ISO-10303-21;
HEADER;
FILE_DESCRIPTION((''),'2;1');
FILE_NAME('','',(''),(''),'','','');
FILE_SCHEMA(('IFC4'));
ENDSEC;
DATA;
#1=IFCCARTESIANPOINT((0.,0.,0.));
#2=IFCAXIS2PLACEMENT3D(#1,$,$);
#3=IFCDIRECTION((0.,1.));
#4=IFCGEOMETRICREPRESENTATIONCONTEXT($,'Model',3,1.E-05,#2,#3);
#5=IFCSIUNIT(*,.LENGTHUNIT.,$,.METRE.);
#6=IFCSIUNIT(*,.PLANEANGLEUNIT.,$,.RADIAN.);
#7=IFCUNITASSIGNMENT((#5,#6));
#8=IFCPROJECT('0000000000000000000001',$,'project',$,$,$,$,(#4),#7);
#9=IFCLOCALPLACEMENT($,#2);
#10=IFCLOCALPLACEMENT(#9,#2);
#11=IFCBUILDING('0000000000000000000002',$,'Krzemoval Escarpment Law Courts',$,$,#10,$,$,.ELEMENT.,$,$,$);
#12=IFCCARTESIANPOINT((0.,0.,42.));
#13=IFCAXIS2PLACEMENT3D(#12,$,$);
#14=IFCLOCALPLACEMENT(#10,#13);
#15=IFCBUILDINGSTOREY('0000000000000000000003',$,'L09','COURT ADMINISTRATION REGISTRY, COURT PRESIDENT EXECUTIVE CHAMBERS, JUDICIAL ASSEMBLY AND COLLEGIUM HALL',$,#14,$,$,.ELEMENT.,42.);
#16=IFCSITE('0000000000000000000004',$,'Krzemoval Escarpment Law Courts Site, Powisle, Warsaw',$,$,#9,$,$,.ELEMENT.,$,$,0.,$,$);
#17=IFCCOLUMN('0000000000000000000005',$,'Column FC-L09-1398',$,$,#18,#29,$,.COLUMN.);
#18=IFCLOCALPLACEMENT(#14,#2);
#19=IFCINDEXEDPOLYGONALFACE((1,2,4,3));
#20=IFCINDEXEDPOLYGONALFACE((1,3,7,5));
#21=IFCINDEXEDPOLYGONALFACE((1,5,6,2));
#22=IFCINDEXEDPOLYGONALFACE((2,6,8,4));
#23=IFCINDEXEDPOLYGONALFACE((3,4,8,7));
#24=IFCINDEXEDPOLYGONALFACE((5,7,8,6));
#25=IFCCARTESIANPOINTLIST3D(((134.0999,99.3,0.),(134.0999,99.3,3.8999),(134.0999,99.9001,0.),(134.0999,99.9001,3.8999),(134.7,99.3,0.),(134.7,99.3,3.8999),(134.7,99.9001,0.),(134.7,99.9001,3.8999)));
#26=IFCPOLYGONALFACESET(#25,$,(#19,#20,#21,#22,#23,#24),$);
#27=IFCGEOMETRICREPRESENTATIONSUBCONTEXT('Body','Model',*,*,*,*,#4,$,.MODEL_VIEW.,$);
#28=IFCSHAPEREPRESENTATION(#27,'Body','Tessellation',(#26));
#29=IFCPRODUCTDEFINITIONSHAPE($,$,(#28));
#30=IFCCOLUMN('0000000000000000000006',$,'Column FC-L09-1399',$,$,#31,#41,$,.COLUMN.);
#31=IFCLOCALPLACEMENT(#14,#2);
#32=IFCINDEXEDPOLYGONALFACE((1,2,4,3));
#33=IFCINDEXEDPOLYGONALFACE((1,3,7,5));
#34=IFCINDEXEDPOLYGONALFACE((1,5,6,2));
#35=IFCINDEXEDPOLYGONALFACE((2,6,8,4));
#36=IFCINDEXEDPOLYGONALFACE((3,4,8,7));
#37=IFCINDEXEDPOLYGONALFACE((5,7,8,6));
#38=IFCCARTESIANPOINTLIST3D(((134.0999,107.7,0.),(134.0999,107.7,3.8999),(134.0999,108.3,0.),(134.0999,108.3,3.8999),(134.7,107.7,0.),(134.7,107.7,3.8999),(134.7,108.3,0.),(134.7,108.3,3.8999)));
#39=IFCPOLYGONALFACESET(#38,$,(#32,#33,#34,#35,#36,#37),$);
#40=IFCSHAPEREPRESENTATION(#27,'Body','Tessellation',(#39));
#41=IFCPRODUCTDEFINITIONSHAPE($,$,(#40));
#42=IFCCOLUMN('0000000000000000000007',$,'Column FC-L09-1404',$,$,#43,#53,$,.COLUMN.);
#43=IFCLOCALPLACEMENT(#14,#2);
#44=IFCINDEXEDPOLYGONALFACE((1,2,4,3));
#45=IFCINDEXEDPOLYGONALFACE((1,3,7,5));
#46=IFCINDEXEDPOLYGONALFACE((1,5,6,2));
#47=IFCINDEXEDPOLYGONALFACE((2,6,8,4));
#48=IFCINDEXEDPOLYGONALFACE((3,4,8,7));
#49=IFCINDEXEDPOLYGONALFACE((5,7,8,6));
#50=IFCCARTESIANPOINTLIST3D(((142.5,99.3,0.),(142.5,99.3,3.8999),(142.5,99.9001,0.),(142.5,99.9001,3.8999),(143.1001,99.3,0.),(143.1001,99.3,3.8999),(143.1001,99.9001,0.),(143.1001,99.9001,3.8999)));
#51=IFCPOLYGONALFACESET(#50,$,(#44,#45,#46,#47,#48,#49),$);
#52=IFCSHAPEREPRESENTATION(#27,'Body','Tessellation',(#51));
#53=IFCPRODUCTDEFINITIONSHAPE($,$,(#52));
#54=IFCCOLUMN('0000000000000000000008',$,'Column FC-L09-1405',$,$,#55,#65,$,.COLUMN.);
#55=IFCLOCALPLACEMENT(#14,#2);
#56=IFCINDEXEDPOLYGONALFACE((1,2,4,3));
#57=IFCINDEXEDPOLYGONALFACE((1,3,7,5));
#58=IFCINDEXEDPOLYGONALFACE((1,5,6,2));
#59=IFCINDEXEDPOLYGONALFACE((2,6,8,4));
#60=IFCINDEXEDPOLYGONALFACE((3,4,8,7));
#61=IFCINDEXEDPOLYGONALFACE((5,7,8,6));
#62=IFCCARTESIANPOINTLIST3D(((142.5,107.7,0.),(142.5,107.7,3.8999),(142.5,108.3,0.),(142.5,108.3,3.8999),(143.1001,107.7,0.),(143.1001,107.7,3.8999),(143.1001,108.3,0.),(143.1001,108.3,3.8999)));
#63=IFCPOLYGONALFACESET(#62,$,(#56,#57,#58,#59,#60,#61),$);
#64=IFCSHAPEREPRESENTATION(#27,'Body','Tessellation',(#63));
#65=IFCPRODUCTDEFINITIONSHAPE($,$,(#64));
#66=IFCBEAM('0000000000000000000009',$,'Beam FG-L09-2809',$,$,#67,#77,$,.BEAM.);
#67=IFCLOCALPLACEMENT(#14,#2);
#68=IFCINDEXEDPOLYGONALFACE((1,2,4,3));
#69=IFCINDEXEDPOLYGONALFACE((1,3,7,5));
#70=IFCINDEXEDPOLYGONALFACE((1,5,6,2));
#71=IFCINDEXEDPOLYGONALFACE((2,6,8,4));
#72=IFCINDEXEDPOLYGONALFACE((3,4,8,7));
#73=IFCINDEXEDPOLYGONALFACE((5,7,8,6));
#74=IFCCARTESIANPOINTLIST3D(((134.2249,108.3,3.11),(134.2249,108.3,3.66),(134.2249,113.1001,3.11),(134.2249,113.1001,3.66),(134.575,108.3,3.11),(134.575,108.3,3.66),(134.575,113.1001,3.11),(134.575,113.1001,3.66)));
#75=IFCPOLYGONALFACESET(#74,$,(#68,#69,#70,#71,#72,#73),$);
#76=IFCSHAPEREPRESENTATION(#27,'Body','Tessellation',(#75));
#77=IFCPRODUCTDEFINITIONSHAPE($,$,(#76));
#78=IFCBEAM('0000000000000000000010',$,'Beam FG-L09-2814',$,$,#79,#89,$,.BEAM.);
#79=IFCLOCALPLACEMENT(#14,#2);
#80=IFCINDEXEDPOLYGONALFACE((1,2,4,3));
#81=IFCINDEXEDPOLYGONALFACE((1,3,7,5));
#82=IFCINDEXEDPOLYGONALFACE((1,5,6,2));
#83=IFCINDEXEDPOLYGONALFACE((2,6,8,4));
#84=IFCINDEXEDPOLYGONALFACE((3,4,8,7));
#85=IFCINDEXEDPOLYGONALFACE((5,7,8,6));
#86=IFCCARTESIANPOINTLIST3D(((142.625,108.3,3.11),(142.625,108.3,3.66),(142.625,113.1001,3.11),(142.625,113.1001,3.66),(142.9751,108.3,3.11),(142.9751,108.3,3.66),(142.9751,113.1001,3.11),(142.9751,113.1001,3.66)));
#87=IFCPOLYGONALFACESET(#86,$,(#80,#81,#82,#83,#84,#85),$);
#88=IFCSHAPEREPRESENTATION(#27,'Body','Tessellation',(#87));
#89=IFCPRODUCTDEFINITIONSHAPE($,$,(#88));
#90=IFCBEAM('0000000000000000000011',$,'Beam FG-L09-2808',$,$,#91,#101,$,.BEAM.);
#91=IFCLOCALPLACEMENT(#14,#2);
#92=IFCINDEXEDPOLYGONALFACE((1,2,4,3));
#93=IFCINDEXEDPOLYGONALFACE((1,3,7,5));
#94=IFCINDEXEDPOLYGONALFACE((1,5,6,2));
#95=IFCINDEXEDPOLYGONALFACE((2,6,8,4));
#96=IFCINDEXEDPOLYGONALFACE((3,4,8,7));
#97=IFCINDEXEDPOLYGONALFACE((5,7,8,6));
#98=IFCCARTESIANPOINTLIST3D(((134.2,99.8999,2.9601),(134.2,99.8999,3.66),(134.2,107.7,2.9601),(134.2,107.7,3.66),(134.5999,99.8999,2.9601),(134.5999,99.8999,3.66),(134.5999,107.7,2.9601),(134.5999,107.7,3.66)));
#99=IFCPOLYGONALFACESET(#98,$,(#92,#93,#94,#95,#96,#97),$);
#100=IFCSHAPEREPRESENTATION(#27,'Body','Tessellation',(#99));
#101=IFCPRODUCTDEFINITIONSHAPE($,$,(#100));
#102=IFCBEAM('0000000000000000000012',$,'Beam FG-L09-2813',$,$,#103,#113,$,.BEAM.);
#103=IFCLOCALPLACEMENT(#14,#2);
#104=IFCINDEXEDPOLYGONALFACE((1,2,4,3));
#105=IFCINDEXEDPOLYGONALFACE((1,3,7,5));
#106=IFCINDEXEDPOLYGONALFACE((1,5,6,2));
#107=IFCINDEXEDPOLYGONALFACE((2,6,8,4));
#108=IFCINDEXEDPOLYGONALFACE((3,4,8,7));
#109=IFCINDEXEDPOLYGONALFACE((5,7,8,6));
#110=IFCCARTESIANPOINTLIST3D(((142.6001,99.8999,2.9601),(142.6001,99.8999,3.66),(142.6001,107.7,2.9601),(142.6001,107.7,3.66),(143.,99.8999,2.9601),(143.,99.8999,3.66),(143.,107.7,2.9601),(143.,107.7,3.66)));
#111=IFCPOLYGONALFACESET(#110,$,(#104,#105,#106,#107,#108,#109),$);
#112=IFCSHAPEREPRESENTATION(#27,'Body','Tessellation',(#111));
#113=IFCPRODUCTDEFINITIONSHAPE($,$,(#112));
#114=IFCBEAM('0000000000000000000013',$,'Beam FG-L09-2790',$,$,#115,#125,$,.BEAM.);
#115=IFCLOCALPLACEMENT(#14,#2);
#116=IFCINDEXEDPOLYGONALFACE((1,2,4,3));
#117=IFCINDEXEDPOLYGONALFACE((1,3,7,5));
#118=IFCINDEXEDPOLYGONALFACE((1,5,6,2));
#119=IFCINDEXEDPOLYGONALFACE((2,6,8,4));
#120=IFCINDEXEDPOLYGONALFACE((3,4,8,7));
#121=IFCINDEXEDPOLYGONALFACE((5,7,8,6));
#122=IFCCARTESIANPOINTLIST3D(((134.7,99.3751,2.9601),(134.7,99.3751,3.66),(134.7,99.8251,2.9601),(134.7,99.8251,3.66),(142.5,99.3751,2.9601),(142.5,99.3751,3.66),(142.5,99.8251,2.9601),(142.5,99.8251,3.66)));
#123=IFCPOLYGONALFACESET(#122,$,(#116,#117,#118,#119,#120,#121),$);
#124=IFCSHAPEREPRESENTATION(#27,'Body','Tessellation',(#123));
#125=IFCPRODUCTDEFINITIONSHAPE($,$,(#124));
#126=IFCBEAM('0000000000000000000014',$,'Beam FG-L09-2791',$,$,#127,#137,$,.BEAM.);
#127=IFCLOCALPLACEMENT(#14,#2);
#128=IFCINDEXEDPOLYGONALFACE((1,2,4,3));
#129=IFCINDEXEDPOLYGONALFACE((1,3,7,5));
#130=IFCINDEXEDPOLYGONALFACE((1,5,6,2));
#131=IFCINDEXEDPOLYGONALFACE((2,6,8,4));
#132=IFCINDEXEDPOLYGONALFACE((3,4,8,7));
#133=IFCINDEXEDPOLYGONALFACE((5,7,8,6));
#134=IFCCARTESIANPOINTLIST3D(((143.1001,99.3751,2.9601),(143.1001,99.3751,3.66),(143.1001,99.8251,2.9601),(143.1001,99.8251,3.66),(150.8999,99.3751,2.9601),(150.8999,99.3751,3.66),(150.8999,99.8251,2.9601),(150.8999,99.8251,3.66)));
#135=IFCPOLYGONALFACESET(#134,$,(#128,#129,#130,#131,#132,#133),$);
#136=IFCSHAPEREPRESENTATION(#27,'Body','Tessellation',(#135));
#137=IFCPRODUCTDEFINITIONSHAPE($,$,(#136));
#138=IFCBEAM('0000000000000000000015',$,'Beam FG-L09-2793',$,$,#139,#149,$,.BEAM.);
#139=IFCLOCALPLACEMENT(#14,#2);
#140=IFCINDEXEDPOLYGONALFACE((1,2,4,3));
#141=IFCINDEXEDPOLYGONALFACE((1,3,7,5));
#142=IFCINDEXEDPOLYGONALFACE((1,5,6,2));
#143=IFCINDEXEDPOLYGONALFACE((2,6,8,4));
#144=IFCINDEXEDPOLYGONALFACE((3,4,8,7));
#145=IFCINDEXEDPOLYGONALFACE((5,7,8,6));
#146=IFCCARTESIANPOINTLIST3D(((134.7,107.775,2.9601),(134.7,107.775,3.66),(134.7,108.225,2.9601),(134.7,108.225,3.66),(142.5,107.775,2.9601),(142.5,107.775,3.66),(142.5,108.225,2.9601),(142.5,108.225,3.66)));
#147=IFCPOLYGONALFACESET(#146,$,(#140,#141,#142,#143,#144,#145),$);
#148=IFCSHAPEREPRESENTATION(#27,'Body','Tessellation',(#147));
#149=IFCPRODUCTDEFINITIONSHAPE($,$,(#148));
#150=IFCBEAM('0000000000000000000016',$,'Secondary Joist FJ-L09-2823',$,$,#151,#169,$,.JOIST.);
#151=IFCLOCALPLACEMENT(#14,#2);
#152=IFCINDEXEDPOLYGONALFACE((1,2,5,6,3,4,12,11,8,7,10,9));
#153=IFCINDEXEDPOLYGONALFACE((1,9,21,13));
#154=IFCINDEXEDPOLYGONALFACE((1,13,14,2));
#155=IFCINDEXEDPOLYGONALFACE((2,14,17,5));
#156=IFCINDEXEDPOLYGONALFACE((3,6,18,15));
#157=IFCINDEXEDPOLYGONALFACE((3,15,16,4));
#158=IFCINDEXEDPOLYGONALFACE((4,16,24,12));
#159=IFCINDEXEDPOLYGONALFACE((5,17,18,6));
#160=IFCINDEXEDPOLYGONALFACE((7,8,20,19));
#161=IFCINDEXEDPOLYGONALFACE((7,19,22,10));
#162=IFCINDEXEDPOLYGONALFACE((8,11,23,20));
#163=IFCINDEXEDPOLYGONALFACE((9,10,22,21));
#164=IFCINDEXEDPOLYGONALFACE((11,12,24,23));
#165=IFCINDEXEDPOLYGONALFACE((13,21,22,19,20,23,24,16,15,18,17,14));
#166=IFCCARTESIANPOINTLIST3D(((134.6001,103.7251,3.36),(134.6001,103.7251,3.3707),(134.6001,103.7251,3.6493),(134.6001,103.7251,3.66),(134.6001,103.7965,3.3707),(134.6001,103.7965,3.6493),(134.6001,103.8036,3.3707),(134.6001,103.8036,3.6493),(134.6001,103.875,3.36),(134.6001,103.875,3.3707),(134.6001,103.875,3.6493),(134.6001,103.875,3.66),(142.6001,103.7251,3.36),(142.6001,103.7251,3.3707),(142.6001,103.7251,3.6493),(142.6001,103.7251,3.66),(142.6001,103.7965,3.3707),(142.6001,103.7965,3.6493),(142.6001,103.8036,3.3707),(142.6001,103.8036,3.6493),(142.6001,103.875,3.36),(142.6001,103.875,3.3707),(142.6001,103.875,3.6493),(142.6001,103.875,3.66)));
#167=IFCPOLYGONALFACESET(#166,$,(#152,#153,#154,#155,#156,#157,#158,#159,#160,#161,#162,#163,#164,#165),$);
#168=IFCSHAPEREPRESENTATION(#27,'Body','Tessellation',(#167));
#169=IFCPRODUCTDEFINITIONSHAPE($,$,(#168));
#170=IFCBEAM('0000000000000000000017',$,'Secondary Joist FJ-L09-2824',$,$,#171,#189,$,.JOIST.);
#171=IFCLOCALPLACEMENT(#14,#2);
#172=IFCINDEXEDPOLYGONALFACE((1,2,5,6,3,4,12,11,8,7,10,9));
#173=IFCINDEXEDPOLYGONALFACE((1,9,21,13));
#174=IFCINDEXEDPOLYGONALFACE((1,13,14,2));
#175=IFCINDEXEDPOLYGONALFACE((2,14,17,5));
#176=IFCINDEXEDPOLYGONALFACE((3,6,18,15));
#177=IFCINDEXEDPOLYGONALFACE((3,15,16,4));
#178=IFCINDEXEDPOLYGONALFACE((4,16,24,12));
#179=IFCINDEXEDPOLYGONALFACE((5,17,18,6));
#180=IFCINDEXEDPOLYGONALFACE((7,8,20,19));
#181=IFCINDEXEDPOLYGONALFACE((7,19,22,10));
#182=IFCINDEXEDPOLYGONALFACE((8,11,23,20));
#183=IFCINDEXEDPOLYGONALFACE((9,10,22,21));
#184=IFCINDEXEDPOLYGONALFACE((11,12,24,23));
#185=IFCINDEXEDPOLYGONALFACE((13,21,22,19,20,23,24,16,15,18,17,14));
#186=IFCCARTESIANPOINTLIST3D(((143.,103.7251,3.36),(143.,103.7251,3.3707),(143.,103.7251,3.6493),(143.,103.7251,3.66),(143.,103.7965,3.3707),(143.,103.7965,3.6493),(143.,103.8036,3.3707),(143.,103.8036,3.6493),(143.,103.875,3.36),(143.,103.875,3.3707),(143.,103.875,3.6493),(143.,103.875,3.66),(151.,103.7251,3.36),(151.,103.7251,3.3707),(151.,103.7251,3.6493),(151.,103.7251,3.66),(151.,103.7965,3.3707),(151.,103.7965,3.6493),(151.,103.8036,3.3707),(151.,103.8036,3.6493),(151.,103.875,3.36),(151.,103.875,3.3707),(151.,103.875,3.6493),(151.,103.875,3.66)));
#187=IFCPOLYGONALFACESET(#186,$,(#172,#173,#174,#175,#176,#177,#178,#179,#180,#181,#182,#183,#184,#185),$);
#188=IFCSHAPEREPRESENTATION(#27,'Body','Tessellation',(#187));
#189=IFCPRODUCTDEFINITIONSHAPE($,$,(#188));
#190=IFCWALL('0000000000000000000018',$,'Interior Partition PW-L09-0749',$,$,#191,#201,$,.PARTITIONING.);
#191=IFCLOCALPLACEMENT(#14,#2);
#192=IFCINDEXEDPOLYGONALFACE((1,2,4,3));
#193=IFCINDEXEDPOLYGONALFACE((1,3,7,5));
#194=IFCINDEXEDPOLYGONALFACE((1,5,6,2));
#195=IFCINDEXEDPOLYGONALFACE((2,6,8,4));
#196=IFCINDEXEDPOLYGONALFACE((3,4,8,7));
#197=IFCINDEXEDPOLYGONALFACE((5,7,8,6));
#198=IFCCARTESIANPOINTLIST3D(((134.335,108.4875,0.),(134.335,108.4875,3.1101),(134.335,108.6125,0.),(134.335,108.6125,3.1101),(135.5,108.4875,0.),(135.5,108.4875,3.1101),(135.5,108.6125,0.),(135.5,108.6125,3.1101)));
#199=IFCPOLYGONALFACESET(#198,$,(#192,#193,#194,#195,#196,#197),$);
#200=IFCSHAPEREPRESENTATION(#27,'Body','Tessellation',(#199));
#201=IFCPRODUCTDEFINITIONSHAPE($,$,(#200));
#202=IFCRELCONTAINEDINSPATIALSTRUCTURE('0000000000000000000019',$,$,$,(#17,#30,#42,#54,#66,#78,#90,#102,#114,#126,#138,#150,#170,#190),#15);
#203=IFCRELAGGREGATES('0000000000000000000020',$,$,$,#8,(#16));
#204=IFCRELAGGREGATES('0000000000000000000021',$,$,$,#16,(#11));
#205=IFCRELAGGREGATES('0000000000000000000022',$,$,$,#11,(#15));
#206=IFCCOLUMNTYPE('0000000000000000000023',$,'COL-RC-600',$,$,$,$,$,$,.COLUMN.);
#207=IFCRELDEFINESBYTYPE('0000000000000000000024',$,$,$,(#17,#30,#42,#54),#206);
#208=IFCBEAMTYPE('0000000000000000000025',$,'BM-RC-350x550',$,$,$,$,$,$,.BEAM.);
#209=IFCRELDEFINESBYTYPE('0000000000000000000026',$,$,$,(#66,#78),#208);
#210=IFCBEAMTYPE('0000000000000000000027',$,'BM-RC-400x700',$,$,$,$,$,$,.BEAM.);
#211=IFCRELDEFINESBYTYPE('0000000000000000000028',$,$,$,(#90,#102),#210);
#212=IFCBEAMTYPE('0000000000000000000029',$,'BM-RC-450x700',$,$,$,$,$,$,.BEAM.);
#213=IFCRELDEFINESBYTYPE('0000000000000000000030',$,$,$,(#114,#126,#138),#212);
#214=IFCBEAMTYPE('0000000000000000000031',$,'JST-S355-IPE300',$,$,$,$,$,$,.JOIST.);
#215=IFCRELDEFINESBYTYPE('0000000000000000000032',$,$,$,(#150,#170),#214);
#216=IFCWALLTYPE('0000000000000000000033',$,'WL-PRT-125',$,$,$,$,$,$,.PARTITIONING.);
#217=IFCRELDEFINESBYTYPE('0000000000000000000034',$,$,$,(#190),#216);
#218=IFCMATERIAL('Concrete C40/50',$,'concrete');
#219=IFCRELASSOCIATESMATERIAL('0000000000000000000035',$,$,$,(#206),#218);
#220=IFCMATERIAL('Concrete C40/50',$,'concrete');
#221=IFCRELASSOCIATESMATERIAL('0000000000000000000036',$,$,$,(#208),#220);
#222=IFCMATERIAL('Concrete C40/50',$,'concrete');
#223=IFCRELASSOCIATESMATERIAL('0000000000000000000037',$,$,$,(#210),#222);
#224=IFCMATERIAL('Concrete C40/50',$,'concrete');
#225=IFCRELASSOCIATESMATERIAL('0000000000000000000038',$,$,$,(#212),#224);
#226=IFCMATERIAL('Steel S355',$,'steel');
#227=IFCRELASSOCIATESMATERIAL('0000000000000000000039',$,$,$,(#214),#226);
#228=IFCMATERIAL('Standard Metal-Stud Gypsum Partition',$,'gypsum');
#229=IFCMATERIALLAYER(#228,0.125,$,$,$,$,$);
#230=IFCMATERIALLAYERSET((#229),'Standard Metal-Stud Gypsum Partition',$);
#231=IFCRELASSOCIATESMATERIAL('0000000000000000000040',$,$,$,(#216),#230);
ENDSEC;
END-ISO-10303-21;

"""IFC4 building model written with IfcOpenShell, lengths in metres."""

from ifc_helpers import new_model, si_unit, direction, frame, frame_2d, origin, origin_2d, place, context, subcontext, project, spatial, rectangle, i_section, extrude, material, layer, layer_set, material_profile, profile_set, type_object, element, save


model = new_model("IFC4")

# Units and contexts
model_context = context("Model", 3, precision=1e-05, world=origin(), true_north=direction((0.0, 1.0)))
body_context = subcontext(model_context, "Body", "Model", "MODEL_VIEW")
ifc_project = project(units=[si_unit("LENGTHUNIT", "METRE"), si_unit("PLANEANGLEUNIT", "RADIAN")], contexts=[model_context])

# Site, building, storey
site_placement = place(None, origin())
site = spatial("IfcSite", under=ifc_project, at=site_placement, Name="Krzemoval Escarpment Law Courts Site, Powisle, Warsaw", CompositionType="ELEMENT", RefElevation=0.0)
building_placement = place(site_placement, origin())
building = spatial("IfcBuilding", under=site, at=building_placement, Name="Krzemoval Escarpment Law Courts", CompositionType="ELEMENT")
storey_placement = place(building_placement, frame((0.0, 0.0, 42.0)))
storey = spatial("IfcBuildingStorey", under=building, at=storey_placement, Name="L09", Description="COURT ADMINISTRATION REGISTRY, COURT PRESIDENT EXECUTIVE CHAMBERS, JUDICIAL ASSEMBLY AND COLLEGIUM HALL", CompositionType="ELEMENT", Elevation=42.0)

# Columns
ifc_material_1 = material(Name="Concrete C40/50", Category="concrete")
ifc_material_profile_1 = material_profile(ifc_material_1, rectangle(XDim=0.6001, YDim=0.6001, at=origin_2d()), Name="RC 600x600")
ifc_profile_set_1 = profile_set([ifc_material_profile_1], Name="Concrete C40/50")
column_type = type_object("IfcColumnType", Name="COL-RC-600", PredefinedType="COLUMN", material=ifc_profile_set_1)
for number, where, z_axis, x_axis, name in (
    (1, (134.3999, 99.6001, 0.0), (0.0, 0.0, 1.0), (1.0, 0.0, 0.0), "Column FC-L09-1398"),
    (2, (134.3999, 108.0, 0.0), (0.0, 0.0, 1.0), (1.0, 0.0, 0.0), "Column FC-L09-1399"),
    (3, (142.8, 99.6001, 0.0), (0.0, 0.0, 1.0), (1.0, 0.0, 0.0), "Column FC-L09-1404"),
    (4, (142.8, 108.0, 0.0), (0.0, 0.0, 1.0), (1.0, 0.0, 0.0), "Column FC-L09-1405"),
):
    element("IfcColumn", number, at=place(storey_placement, frame(where, z_axis=z_axis, x_axis=x_axis)), inside=storey, type_object=column_type, Name=name, PredefinedType="COLUMN", context=body_context, shape_type="SweptSolid", body=[
        extrude(rectangle(XDim=0.6001, YDim=0.6001, at=origin_2d()), origin(), (0.0, 0.0, 1.0), 3.8999),
    ])

# Beams
ifc_material_2 = material(Name="Concrete C40/50", Category="concrete")
ifc_material_profile_2 = material_profile(ifc_material_2, rectangle(XDim=0.3501, YDim=0.55, at=origin_2d()), Name="RCB 350x550")
ifc_profile_set_2 = profile_set([ifc_material_profile_2], Name="Concrete C40/50")
beam_type_1 = type_object("IfcBeamType", Name="BM-RC-350x550", PredefinedType="BEAM", material=ifc_profile_set_2)
for number, where, z_axis, x_axis, name in (
    (5, (134.3999, 108.3, 3.385), (0.0, 1.0, 0.0), (-1.0, 0.0, 0.0), "Beam FG-L09-2809"),
    (6, (142.8, 108.3, 3.385), (0.0, 1.0, 0.0), (-1.0, 0.0, 0.0), "Beam FG-L09-2814"),
):
    element("IfcBeam", number, at=place(storey_placement, frame(where, z_axis=z_axis, x_axis=x_axis)), inside=storey, type_object=beam_type_1, Name=name, PredefinedType="BEAM", context=body_context, shape_type="SweptSolid", body=[
        extrude(rectangle(XDim=0.3501, YDim=0.55, at=origin_2d()), origin(), (0.0, 0.0, 1.0), 4.8),
    ])
ifc_material_3 = material(Name="Concrete C40/50", Category="concrete")
ifc_material_profile_3 = material_profile(ifc_material_3, rectangle(XDim=0.3999, YDim=0.7, at=origin_2d()), Name="RCB 400x700")
ifc_profile_set_3 = profile_set([ifc_material_profile_3], Name="Concrete C40/50")
beam_type_2 = type_object("IfcBeamType", Name="BM-RC-400x700", PredefinedType="BEAM", material=ifc_profile_set_3)
for number, where, z_axis, x_axis, name in (
    (7, (134.3999, 99.8999, 3.3101), (0.0, 1.0, 0.0), (-1.0, 0.0, 0.0), "Beam FG-L09-2808"),
    (8, (142.8, 99.8999, 3.3101), (0.0, 1.0, 0.0), (-1.0, 0.0, 0.0), "Beam FG-L09-2813"),
):
    element("IfcBeam", number, at=place(storey_placement, frame(where, z_axis=z_axis, x_axis=x_axis)), inside=storey, type_object=beam_type_2, Name=name, PredefinedType="BEAM", context=body_context, shape_type="SweptSolid", body=[
        extrude(rectangle(XDim=0.3999, YDim=0.7, at=origin_2d()), origin(), (0.0, 0.0, 1.0), 7.8),
    ])
ifc_material_4 = material(Name="Concrete C40/50", Category="concrete")
ifc_material_profile_4 = material_profile(ifc_material_4, rectangle(XDim=0.45, YDim=0.7, at=origin_2d()), Name="RCB 450x700")
ifc_profile_set_4 = profile_set([ifc_material_profile_4], Name="Concrete C40/50")
beam_type_3 = type_object("IfcBeamType", Name="BM-RC-450x700", PredefinedType="BEAM", material=ifc_profile_set_4)
beam_1_placement = place(storey_placement, frame((134.7, 99.6001, 3.3101), z_axis=(1.0, 0.0, 0.0), x_axis=(0.0, 1.0, 0.0)))
element("IfcBeam", 9, at=beam_1_placement, inside=storey, type_object=beam_type_3, Name="Beam FG-L09-2790", PredefinedType="BEAM", context=body_context, shape_type="SweptSolid", body=[
    extrude(rectangle(XDim=0.45, YDim=0.7, at=origin_2d()), origin(), (0.0, 0.0, 1.0), 7.8),
])
beam_2_placement = place(storey_placement, frame((143.1001, 99.6001, 3.3101), z_axis=(1.0, 0.0, 0.0), x_axis=(0.0, 1.0, 0.0)))
element("IfcBeam", 10, at=beam_2_placement, inside=storey, type_object=beam_type_3, Name="Beam FG-L09-2791", PredefinedType="BEAM", context=body_context, shape_type="SweptSolid", body=[
    extrude(rectangle(XDim=0.45, YDim=0.7, at=origin_2d()), origin(), (0.0, 0.0, 1.0), 7.7998),
])
beam_3_placement = place(storey_placement, frame((134.7, 108.0, 3.3101), z_axis=(1.0, 0.0, 0.0), x_axis=(0.0, 1.0, 0.0)))
element("IfcBeam", 11, at=beam_3_placement, inside=storey, type_object=beam_type_3, Name="Beam FG-L09-2793", PredefinedType="BEAM", context=body_context, shape_type="SweptSolid", body=[
    extrude(rectangle(XDim=0.45, YDim=0.7, at=origin_2d()), origin(), (0.0, 0.0, 1.0), 7.8),
])
ifc_material_5 = material(Name="Steel S355", Category="steel")
ifc_material_profile_5 = material_profile(ifc_material_5, i_section(OverallWidth=0.1499, OverallDepth=0.3, WebThickness=0.0071, FlangeThickness=0.0107, at=origin_2d()), Name="IPE 300")
ifc_profile_set_5 = profile_set([ifc_material_profile_5], Name="Steel S355")
beam_type_4 = type_object("IfcBeamType", Name="JST-S355-IPE300", PredefinedType="JOIST", material=ifc_profile_set_5)
for number, where, z_axis, x_axis, name in (
    (12, (134.6001, 103.8, 3.51), (1.0, 0.0, 0.0), (0.0, 1.0, 0.0), "Secondary Joist FJ-L09-2823"),
    (13, (143.0, 103.8, 3.51), (1.0, 0.0, 0.0), (0.0, 1.0, 0.0), "Secondary Joist FJ-L09-2824"),
):
    element("IfcBeam", number, at=place(storey_placement, frame(where, z_axis=z_axis, x_axis=x_axis)), inside=storey, type_object=beam_type_4, Name=name, PredefinedType="JOIST", context=body_context, shape_type="SweptSolid", body=[
        extrude(i_section(OverallWidth=0.1499, OverallDepth=0.3, WebThickness=0.0071, FlangeThickness=0.0107, at=origin_2d()), origin(), (0.0, 0.0, 1.0), 8.0),
    ])

# Wall
ifc_material_6 = material(Name="Standard Metal-Stud Gypsum Partition", Category="gypsum")
ifc_layer_1 = layer(ifc_material_6, 0.125)
ifc_layer_set_1 = layer_set([ifc_layer_1], Name="Standard Metal-Stud Gypsum Partition")
wall_type_1 = type_object("IfcWallType", Name="WL-PRT-125", PredefinedType="PARTITIONING", material=ifc_layer_set_1)
wall_1_placement = place(storey_placement, frame((134.335, 108.55, 0.0), z_axis=(0.0, 0.0, 1.0), x_axis=(1.0, 0.0, 0.0)))
element("IfcWall", 14, at=wall_1_placement, inside=storey, type_object=wall_type_1, Name="Interior Partition PW-L09-0749", PredefinedType="PARTITIONING", context=body_context, shape_type="SweptSolid", body=[
    extrude(rectangle(XDim=1.165, YDim=0.125, at=frame_2d((0.5825, 0.0))), origin(), (0.0, 0.0, 1.0), 3.1101),
])

save(model, "model.ifc")
